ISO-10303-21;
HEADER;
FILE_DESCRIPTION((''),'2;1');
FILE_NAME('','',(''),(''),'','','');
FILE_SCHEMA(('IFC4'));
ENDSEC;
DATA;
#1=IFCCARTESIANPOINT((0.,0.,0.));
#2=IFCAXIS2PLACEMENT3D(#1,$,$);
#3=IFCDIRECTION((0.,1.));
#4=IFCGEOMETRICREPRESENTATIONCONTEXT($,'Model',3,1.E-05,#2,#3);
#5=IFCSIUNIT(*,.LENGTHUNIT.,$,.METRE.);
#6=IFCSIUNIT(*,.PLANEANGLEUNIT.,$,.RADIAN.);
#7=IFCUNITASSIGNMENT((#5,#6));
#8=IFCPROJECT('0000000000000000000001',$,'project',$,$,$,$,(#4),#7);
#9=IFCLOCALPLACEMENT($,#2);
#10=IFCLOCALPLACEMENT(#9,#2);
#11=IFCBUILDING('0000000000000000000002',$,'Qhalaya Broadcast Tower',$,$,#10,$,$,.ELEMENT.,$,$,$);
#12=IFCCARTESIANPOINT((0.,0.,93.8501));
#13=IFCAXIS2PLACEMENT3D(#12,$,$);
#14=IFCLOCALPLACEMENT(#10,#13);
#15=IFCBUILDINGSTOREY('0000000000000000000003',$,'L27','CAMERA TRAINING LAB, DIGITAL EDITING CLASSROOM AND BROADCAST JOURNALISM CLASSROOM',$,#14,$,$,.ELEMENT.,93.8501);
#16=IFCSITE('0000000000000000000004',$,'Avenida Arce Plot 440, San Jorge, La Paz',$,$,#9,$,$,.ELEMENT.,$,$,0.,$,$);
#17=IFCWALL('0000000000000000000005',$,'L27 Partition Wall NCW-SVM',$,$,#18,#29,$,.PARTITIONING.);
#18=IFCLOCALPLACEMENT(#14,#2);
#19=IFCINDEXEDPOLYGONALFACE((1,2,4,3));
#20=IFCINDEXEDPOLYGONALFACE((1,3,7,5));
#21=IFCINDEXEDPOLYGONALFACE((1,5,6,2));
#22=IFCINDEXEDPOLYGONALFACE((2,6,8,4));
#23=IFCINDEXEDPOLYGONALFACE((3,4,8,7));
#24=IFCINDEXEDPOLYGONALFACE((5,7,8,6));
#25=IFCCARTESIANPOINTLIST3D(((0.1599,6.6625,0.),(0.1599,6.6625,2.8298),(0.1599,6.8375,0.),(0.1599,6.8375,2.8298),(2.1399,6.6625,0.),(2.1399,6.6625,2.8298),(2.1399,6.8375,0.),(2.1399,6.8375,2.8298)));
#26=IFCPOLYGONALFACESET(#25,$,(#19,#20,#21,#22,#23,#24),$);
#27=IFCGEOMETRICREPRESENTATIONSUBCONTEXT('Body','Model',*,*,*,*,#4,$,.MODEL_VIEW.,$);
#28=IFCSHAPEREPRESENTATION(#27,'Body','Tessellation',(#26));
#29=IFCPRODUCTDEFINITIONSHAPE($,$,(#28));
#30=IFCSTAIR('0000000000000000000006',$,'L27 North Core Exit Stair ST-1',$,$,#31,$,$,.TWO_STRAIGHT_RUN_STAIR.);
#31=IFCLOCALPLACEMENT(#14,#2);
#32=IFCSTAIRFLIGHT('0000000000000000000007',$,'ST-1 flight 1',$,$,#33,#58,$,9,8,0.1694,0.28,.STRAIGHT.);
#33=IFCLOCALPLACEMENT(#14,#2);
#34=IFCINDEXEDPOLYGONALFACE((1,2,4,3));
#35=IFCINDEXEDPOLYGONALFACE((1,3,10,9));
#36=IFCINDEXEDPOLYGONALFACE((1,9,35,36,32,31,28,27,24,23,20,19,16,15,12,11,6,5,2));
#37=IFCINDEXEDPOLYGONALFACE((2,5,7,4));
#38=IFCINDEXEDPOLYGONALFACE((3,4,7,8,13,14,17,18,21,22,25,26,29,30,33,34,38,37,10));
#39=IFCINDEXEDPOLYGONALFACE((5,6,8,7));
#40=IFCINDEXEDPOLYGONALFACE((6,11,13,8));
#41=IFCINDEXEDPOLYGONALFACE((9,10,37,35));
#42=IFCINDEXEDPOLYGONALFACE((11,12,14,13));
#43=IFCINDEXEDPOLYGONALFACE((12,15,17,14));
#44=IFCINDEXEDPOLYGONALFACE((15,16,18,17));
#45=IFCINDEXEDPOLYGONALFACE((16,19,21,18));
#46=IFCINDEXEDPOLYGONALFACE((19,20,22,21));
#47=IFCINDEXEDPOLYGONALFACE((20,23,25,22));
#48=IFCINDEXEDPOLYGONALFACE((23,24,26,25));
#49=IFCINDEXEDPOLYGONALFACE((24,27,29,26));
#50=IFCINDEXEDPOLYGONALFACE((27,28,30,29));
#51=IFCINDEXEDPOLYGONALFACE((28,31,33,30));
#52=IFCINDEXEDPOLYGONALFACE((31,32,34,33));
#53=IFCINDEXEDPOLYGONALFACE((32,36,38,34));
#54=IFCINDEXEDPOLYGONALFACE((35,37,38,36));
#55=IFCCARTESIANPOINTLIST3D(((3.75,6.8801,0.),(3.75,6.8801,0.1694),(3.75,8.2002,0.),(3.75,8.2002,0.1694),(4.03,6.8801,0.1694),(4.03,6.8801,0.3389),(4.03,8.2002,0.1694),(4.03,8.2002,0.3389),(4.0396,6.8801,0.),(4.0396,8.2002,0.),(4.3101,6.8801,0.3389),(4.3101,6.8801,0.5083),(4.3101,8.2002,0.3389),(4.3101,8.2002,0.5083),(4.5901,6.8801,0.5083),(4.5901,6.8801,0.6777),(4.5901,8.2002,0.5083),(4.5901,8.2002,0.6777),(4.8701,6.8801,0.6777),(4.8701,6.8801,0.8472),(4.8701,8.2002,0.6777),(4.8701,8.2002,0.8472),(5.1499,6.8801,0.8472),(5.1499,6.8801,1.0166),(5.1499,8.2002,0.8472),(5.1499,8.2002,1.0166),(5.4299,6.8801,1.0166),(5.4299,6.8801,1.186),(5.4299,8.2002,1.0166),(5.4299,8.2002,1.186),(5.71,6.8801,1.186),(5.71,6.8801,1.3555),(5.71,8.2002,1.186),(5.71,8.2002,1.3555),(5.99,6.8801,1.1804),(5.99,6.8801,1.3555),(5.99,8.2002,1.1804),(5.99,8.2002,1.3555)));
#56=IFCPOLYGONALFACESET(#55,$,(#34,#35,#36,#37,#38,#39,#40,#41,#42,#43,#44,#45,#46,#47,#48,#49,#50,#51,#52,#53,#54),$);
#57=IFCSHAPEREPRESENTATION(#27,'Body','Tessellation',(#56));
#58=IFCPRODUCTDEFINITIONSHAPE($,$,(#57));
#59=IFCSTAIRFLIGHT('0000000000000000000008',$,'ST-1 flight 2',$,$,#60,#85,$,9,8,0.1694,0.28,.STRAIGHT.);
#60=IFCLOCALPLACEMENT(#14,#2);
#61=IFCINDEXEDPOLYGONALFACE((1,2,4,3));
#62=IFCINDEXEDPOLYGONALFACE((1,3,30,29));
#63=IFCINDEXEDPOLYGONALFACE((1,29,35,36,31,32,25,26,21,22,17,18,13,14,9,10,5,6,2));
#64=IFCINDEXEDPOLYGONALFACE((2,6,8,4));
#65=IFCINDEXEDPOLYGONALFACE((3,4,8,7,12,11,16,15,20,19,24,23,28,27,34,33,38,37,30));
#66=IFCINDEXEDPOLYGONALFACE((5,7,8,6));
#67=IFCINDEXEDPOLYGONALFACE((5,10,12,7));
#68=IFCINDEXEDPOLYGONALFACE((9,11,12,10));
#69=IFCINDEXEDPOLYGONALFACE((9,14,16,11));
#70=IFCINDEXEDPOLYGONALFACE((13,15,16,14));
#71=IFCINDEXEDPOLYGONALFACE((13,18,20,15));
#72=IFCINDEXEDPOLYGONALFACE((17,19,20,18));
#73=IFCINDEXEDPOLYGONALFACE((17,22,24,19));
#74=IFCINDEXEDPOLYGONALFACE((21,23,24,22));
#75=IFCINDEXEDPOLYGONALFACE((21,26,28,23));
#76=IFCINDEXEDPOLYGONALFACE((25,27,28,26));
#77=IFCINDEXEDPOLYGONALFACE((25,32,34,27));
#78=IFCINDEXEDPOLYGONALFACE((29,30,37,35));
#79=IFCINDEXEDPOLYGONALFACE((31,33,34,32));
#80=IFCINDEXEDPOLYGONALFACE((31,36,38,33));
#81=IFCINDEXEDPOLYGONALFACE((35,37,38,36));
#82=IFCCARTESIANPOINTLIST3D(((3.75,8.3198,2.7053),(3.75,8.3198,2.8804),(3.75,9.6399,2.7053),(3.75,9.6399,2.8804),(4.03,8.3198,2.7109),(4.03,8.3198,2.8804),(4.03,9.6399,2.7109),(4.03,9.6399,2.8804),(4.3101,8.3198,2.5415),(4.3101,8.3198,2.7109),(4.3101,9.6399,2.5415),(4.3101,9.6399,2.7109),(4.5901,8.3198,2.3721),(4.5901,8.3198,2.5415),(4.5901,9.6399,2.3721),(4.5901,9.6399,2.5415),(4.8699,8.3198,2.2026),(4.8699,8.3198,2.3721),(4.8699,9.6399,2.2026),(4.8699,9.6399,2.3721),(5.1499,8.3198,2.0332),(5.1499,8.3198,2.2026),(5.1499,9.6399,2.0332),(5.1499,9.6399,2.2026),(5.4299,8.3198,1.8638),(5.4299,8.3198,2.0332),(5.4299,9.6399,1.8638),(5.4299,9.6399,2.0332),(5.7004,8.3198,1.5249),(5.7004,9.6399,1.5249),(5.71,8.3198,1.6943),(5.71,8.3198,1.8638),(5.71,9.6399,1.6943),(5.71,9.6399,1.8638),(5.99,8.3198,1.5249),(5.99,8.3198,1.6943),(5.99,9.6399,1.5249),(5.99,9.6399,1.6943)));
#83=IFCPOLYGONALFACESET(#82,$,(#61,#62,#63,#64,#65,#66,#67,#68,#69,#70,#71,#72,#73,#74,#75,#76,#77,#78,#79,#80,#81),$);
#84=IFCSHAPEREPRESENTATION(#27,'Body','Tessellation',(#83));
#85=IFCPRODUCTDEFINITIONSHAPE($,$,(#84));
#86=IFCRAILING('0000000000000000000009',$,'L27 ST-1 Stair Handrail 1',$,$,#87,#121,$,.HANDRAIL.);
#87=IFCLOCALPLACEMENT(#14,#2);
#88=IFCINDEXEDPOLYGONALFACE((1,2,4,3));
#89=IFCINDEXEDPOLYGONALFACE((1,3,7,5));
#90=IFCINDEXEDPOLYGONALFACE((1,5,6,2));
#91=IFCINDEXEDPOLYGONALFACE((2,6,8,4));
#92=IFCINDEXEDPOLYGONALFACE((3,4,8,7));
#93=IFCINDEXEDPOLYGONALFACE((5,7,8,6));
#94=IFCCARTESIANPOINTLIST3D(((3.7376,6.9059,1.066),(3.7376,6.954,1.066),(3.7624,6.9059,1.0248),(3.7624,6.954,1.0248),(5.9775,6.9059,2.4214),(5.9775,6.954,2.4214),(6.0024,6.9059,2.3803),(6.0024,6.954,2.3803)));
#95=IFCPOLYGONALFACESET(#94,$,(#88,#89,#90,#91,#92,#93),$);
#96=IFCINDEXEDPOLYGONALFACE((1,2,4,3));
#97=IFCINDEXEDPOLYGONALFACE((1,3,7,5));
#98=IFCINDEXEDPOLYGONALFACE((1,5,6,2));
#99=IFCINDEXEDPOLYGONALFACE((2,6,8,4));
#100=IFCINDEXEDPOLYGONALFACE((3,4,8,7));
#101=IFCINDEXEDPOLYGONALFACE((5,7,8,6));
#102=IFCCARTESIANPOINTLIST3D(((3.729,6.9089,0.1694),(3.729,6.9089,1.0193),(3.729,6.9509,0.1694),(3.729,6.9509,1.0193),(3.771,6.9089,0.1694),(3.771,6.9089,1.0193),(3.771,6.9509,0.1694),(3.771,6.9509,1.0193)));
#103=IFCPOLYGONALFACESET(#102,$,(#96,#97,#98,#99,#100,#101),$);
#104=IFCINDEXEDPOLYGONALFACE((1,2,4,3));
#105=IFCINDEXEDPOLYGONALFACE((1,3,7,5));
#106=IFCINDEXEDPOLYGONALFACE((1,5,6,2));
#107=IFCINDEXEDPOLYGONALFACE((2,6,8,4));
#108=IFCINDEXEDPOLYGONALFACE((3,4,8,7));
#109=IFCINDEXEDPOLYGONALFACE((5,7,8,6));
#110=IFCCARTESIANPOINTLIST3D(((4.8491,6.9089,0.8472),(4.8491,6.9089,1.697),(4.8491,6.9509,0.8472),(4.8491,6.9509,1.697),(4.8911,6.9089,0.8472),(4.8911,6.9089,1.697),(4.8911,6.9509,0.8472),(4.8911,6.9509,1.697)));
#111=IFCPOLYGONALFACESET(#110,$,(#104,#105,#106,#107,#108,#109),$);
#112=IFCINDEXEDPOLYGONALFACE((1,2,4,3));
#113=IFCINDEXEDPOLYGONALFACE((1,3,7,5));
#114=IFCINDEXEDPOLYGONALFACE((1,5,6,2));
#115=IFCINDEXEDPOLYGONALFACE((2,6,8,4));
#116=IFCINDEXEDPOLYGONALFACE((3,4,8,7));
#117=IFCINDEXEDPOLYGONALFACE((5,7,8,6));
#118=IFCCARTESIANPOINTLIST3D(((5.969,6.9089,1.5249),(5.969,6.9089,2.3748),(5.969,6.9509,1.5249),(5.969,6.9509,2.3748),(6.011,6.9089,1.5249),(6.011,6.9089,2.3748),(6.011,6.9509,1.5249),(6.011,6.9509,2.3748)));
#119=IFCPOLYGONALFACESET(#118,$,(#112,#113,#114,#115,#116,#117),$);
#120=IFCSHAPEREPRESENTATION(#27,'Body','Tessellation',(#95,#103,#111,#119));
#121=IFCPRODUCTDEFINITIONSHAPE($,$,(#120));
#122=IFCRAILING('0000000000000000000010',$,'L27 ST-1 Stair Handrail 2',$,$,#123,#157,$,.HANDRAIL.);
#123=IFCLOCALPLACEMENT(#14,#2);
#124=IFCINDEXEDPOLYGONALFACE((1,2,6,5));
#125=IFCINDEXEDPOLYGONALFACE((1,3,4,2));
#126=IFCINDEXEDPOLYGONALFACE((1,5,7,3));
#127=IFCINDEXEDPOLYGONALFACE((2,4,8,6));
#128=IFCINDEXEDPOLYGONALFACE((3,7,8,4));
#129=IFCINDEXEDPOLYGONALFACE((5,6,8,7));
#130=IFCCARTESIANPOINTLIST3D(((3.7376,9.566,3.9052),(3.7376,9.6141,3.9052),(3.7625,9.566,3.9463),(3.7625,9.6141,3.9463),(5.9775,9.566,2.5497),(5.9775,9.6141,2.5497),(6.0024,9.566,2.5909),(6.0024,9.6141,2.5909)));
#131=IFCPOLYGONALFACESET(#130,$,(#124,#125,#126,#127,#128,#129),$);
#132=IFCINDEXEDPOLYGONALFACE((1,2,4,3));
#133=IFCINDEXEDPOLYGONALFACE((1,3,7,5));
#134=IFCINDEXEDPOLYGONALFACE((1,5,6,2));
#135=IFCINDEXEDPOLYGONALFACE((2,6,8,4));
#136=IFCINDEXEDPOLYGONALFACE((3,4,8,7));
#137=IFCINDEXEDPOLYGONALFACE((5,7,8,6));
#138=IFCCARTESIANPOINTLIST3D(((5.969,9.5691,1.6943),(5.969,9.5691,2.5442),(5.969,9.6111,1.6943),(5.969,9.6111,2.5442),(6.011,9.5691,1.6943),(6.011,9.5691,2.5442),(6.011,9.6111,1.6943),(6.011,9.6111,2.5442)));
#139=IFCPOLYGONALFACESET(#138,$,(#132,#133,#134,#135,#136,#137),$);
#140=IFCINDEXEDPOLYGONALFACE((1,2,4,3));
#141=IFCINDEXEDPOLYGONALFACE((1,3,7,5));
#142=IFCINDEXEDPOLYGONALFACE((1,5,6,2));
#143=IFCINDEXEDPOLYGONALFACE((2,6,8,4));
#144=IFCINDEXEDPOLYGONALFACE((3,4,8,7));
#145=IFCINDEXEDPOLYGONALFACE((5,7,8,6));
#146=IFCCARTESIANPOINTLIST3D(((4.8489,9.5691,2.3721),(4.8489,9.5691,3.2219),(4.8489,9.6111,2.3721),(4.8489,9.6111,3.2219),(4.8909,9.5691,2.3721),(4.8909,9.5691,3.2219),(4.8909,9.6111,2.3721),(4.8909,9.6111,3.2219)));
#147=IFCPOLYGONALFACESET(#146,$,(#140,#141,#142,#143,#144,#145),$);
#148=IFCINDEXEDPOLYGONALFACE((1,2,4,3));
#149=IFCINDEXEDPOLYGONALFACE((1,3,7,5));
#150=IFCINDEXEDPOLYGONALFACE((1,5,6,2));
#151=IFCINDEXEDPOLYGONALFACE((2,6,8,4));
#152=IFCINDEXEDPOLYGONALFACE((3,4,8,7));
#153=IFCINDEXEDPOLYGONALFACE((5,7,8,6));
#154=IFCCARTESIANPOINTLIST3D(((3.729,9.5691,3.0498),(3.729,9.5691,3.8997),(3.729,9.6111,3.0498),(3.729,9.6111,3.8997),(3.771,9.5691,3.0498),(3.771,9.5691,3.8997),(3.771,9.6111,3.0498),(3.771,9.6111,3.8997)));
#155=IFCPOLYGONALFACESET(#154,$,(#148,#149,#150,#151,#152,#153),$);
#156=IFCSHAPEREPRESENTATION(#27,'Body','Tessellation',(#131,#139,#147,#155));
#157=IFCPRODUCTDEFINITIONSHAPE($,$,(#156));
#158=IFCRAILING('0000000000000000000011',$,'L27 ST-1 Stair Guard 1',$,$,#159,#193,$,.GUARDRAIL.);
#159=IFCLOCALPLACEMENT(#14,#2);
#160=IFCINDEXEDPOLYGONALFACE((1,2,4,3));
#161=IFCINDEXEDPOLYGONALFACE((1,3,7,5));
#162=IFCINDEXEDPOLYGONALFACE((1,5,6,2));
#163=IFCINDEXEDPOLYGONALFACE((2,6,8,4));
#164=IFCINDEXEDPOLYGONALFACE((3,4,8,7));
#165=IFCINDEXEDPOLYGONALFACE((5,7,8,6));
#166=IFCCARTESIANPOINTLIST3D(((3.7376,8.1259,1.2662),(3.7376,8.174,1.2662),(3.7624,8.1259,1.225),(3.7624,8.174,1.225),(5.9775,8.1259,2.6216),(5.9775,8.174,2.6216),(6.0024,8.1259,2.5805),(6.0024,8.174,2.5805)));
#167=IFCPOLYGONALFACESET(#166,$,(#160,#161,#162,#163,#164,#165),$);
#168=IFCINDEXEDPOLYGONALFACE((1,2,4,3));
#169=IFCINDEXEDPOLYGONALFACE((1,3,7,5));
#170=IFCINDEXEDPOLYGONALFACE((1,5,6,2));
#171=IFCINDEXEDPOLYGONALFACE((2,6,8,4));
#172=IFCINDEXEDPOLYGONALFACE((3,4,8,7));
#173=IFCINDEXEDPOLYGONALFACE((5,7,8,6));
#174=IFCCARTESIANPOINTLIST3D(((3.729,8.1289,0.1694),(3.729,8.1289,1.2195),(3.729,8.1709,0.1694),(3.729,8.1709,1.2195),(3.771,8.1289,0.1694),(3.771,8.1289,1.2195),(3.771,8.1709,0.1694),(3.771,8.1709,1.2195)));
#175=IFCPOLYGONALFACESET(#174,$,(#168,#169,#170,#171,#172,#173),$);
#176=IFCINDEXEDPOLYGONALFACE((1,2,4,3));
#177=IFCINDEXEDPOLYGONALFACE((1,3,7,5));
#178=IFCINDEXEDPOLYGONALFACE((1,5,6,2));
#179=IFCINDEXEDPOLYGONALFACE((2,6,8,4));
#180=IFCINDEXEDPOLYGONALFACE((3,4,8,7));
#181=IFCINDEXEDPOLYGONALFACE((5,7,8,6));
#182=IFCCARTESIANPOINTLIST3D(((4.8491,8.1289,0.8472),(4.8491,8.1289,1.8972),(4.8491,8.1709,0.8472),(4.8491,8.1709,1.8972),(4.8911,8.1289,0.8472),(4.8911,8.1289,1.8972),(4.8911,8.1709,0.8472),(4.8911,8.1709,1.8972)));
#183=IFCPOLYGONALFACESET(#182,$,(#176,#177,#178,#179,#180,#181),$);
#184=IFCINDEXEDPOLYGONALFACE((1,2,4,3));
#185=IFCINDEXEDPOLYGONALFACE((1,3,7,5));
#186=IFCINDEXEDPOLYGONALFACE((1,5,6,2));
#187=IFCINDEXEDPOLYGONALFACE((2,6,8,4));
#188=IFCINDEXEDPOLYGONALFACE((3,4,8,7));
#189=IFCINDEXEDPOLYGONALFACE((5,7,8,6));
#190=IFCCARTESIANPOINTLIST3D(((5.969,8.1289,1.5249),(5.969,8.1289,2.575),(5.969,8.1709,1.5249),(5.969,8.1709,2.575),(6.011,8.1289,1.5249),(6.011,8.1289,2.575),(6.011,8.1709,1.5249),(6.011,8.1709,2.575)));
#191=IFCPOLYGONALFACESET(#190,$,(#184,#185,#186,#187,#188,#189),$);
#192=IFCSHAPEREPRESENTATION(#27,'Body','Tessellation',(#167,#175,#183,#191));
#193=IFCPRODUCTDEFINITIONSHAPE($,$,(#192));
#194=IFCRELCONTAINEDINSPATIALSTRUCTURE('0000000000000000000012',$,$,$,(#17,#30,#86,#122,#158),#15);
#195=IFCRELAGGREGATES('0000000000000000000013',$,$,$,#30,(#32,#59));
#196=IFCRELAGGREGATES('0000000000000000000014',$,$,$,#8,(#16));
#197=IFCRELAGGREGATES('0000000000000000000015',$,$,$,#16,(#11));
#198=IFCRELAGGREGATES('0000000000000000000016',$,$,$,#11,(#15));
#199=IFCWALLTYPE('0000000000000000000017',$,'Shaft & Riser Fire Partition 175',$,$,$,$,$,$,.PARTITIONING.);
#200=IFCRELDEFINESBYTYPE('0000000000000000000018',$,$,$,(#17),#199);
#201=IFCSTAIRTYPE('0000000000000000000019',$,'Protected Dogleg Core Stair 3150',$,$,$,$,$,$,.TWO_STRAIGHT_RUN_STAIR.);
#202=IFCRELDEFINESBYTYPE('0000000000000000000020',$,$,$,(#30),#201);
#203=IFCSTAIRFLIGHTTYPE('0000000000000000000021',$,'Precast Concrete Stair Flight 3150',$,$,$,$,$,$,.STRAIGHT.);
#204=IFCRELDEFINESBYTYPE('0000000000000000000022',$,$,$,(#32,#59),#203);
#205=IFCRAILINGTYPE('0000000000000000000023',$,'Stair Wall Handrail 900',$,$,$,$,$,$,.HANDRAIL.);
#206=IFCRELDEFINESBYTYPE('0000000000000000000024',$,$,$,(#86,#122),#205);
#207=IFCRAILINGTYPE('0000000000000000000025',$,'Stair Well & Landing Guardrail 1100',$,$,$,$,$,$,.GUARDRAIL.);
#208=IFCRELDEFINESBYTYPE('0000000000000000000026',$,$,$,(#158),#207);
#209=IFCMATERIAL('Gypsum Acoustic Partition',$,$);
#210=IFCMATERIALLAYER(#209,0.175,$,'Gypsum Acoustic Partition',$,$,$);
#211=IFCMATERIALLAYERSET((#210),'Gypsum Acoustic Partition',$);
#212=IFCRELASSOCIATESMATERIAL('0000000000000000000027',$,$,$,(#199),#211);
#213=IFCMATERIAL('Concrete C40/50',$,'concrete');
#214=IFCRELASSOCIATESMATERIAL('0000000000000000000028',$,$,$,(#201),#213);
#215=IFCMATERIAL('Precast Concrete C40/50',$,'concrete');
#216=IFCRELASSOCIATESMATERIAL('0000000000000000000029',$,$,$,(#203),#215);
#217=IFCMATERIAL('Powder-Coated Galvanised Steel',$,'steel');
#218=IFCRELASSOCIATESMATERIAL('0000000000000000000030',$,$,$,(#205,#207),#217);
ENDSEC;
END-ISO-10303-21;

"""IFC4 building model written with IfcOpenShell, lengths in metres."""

from ifc_helpers import new_model, si_unit, direction, frame, frame_2d, origin, origin_2d, place, context, subcontext, project, spatial, polyline, rectangle, outline, extrude, material, layer, layer_set, type_object, element, aggregate, save


model = new_model("IFC4")

# Units and contexts
model_context = context("Model", 3, precision=1e-05, world=origin(), true_north=direction((0.0, 1.0)))
body_context = subcontext(model_context, "Body", "Model", "MODEL_VIEW")
ifc_project = project(units=[si_unit("LENGTHUNIT", "METRE"), si_unit("PLANEANGLEUNIT", "RADIAN")], contexts=[model_context])

# Site, building, storey
site_placement = place(None, origin())
site = spatial("IfcSite", under=ifc_project, at=site_placement, Name="Avenida Arce Plot 440, San Jorge, La Paz", CompositionType="ELEMENT", RefElevation=0.0)
building_placement = place(site_placement, origin())
building = spatial("IfcBuilding", under=site, at=building_placement, Name="Qhalaya Broadcast Tower", CompositionType="ELEMENT")
storey_placement = place(building_placement, frame((0.0, 0.0, 93.8501)))
storey = spatial("IfcBuildingStorey", under=building, at=storey_placement, Name="L27", Description="CAMERA TRAINING LAB, DIGITAL EDITING CLASSROOM AND BROADCAST JOURNALISM CLASSROOM", CompositionType="ELEMENT", Elevation=93.8501)

# Shared definitions
ifc_material_1 = material(Name="Gypsum Acoustic Partition")
ifc_layer_1 = layer(ifc_material_1, 0.175, Name="Gypsum Acoustic Partition")
ifc_layer_set_1 = layer_set([ifc_layer_1], Name="Gypsum Acoustic Partition")
wall_type_1 = type_object("IfcWallType", Name="Shaft & Riser Fire Partition 175", PredefinedType="PARTITIONING", material=ifc_layer_set_1)

# Wall
wall_1_placement = place(storey_placement, frame((0.1599, 6.75, 0.0), z_axis=(0.0, 0.0, 1.0), x_axis=(1.0, 0.0, 0.0)))
element("IfcWall", 1, at=wall_1_placement, inside=storey, type_object=wall_type_1, Name="L27 Partition Wall NCW-SVM", PredefinedType="PARTITIONING", context=body_context, shape_type="SweptSolid", body=[
    extrude(rectangle(XDim=1.98, YDim=0.175, at=frame_2d((0.99, 0.0))), origin(), (0.0, 0.0, 1.0), 2.8298),
])

# Stair, stair flights
ifc_material_2 = material(Name="Concrete C40/50", Category="concrete")
stair_type = type_object("IfcStairType", Name="Protected Dogleg Core Stair 3150", PredefinedType="TWO_STRAIGHT_RUN_STAIR", material=ifc_material_2)
stair_placement = place(storey_placement, origin())
stair = element("IfcStair", 2, at=stair_placement, inside=storey, type_object=stair_type, Name="L27 North Core Exit Stair ST-1", PredefinedType="TWO_STRAIGHT_RUN_STAIR")
ifc_material_3 = material(Name="Precast Concrete C40/50", Category="concrete")
stair_flight_type = type_object("IfcStairFlightType", Name="Precast Concrete Stair Flight 3150", PredefinedType="STRAIGHT", material=ifc_material_3)
stair_flight_1_placement = place(storey_placement, frame((3.75, 7.54, 0.0), z_axis=(0.0, 0.0, 1.0), x_axis=(1.0, 0.0, 0.0)))
stair_flight_1 = element("IfcStairFlight", 3, at=stair_flight_1_placement, type_object=stair_flight_type, Name="ST-1 flight 1", NumberOfRisers=9, NumberOfTreads=8, PredefinedType="STRAIGHT", RiserHeight=0.1694, TreadLength=0.28, context=body_context, shape_type="SweptSolid", body=[
    extrude(outline(polyline([(0.0, 0.0), (0.0, 0.1694), (0.28, 0.1694), (0.28, 0.3389), (0.5601, 0.3389), (0.5601, 0.5083), (0.8401, 0.5083), (0.8401, 0.6777), (1.1201, 0.6777), (1.1201, 0.8472), (1.3999, 0.8472), (1.3999, 1.0166), (1.6799, 1.0166), (1.6799, 1.186), (1.96, 1.186), (1.96, 1.3555), (2.24, 1.3555), (2.24, 1.5249), (2.24, 1.1804), (0.2896, 0.0), (0.0, 0.0)])), frame((0.0, 0.6602, 0.0), z_axis=(0.0, -1.0, 0.0), x_axis=(1.0, 0.0, 0.0)), (0.0, 0.0, 1.0), 1.3201),
])
stair_flight_2_placement = place(storey_placement, frame((5.99, 8.98, 1.5249), z_axis=(0.0, 0.0, 1.0), x_axis=(-1.0, 0.0, 0.0)))
stair_flight_2 = element("IfcStairFlight", 4, at=stair_flight_2_placement, type_object=stair_flight_type, Name="ST-1 flight 2", NumberOfRisers=9, NumberOfTreads=8, PredefinedType="STRAIGHT", RiserHeight=0.1694, TreadLength=0.28, context=body_context, shape_type="SweptSolid", body=[
    extrude(outline(polyline([(0.0, 0.0), (0.0, 0.1694), (0.28, 0.1694), (0.28, 0.3389), (0.5601, 0.3389), (0.5601, 0.5083), (0.8401, 0.5083), (0.8401, 0.6777), (1.1201, 0.6777), (1.1201, 0.8472), (1.3999, 0.8472), (1.3999, 1.0166), (1.6799, 1.0166), (1.6799, 1.186), (1.96, 1.186), (1.96, 1.3555), (2.24, 1.3555), (2.24, 1.5249), (2.24, 1.1804), (0.2896, 0.0), (0.0, 0.0)])), frame((0.0, 0.6602, 0.0), z_axis=(0.0, -1.0, 0.0), x_axis=(1.0, 0.0, 0.0)), (0.0, 0.0, 1.0), 1.3201),
])
aggregate(stair, [stair_flight_1, stair_flight_2])

# Railings
ifc_material_4 = material(Name="Powder-Coated Galvanised Steel", Category="steel")
railing_type_1 = type_object("IfcRailingType", Name="Stair Wall Handrail 900", PredefinedType="HANDRAIL", material=ifc_material_4)
railing_1_placement = place(storey_placement, frame((3.75, 6.9299, 0.1694)))
element("IfcRailing", 5, at=railing_1_placement, inside=storey, type_object=railing_type_1, Name="L27 ST-1 Stair Handrail 1", PredefinedType="HANDRAIL", context=body_context, shape_type="SweptSolid", body=[
    extrude(rectangle(XDim=0.0481, YDim=0.0481, at=origin_2d()), frame((0.0, 0.0, 0.876), z_axis=(0.855553, 0.0, 0.517715), x_axis=(0.0, 1.0, 0.0)), (0.0, 0.0, 1.0), 2.6182),
    extrude(rectangle(XDim=0.042, YDim=0.042, at=origin_2d()), origin(), (0.0, 0.0, 1.0), 0.8499),
    extrude(rectangle(XDim=0.042, YDim=0.042, at=origin_2d()), frame((1.1201, 0.0, 0.6777)), (0.0, 0.0, 1.0), 0.8499),
    extrude(rectangle(XDim=0.042, YDim=0.042, at=origin_2d()), frame((2.24, 0.0, 1.3555)), (0.0, 0.0, 1.0), 0.8499),
])
railing_2_placement = place(storey_placement, frame((5.99, 9.5901, 1.6943)))
element("IfcRailing", 6, at=railing_2_placement, inside=storey, type_object=railing_type_1, Name="L27 ST-1 Stair Handrail 2", PredefinedType="HANDRAIL", context=body_context, shape_type="SweptSolid", body=[
    extrude(rectangle(XDim=0.0481, YDim=0.0481, at=origin_2d()), frame((0.0, 0.0, 0.876), z_axis=(-0.855553, 0.0, 0.517715), x_axis=(0.0, -1.0, 0.0)), (0.0, 0.0, 1.0), 2.6182),
    extrude(rectangle(XDim=0.042, YDim=0.042, at=origin_2d()), origin(), (0.0, 0.0, 1.0), 0.8499),
    extrude(rectangle(XDim=0.042, YDim=0.042, at=origin_2d()), frame((-1.1201, 0.0, 0.6777)), (0.0, 0.0, 1.0), 0.8499),
    extrude(rectangle(XDim=0.042, YDim=0.042, at=origin_2d()), frame((-2.24, 0.0, 1.3555)), (0.0, 0.0, 1.0), 0.8499),
])
railing_type_2 = type_object("IfcRailingType", Name="Stair Well & Landing Guardrail 1100", PredefinedType="GUARDRAIL", material=ifc_material_4)
railing_3_placement = place(storey_placement, frame((3.75, 8.1499, 0.1694)))
element("IfcRailing", 7, at=railing_3_placement, inside=storey, type_object=railing_type_2, Name="L27 ST-1 Stair Guard 1", PredefinedType="GUARDRAIL", context=body_context, shape_type="SweptSolid", body=[
    extrude(rectangle(XDim=0.0481, YDim=0.0481, at=origin_2d()), frame((0.0, 0.0, 1.0762), z_axis=(0.855553, 0.0, 0.517715), x_axis=(0.0, 1.0, 0.0)), (0.0, 0.0, 1.0), 2.6182),
    extrude(rectangle(XDim=0.042, YDim=0.042, at=origin_2d()), origin(), (0.0, 0.0, 1.0), 1.05),
    extrude(rectangle(XDim=0.042, YDim=0.042, at=origin_2d()), frame((1.1201, 0.0, 0.6777)), (0.0, 0.0, 1.0), 1.05),
    extrude(rectangle(XDim=0.042, YDim=0.042, at=origin_2d()), frame((2.24, 0.0, 1.3555)), (0.0, 0.0, 1.0), 1.05),
])

save(model, "model.ifc")
